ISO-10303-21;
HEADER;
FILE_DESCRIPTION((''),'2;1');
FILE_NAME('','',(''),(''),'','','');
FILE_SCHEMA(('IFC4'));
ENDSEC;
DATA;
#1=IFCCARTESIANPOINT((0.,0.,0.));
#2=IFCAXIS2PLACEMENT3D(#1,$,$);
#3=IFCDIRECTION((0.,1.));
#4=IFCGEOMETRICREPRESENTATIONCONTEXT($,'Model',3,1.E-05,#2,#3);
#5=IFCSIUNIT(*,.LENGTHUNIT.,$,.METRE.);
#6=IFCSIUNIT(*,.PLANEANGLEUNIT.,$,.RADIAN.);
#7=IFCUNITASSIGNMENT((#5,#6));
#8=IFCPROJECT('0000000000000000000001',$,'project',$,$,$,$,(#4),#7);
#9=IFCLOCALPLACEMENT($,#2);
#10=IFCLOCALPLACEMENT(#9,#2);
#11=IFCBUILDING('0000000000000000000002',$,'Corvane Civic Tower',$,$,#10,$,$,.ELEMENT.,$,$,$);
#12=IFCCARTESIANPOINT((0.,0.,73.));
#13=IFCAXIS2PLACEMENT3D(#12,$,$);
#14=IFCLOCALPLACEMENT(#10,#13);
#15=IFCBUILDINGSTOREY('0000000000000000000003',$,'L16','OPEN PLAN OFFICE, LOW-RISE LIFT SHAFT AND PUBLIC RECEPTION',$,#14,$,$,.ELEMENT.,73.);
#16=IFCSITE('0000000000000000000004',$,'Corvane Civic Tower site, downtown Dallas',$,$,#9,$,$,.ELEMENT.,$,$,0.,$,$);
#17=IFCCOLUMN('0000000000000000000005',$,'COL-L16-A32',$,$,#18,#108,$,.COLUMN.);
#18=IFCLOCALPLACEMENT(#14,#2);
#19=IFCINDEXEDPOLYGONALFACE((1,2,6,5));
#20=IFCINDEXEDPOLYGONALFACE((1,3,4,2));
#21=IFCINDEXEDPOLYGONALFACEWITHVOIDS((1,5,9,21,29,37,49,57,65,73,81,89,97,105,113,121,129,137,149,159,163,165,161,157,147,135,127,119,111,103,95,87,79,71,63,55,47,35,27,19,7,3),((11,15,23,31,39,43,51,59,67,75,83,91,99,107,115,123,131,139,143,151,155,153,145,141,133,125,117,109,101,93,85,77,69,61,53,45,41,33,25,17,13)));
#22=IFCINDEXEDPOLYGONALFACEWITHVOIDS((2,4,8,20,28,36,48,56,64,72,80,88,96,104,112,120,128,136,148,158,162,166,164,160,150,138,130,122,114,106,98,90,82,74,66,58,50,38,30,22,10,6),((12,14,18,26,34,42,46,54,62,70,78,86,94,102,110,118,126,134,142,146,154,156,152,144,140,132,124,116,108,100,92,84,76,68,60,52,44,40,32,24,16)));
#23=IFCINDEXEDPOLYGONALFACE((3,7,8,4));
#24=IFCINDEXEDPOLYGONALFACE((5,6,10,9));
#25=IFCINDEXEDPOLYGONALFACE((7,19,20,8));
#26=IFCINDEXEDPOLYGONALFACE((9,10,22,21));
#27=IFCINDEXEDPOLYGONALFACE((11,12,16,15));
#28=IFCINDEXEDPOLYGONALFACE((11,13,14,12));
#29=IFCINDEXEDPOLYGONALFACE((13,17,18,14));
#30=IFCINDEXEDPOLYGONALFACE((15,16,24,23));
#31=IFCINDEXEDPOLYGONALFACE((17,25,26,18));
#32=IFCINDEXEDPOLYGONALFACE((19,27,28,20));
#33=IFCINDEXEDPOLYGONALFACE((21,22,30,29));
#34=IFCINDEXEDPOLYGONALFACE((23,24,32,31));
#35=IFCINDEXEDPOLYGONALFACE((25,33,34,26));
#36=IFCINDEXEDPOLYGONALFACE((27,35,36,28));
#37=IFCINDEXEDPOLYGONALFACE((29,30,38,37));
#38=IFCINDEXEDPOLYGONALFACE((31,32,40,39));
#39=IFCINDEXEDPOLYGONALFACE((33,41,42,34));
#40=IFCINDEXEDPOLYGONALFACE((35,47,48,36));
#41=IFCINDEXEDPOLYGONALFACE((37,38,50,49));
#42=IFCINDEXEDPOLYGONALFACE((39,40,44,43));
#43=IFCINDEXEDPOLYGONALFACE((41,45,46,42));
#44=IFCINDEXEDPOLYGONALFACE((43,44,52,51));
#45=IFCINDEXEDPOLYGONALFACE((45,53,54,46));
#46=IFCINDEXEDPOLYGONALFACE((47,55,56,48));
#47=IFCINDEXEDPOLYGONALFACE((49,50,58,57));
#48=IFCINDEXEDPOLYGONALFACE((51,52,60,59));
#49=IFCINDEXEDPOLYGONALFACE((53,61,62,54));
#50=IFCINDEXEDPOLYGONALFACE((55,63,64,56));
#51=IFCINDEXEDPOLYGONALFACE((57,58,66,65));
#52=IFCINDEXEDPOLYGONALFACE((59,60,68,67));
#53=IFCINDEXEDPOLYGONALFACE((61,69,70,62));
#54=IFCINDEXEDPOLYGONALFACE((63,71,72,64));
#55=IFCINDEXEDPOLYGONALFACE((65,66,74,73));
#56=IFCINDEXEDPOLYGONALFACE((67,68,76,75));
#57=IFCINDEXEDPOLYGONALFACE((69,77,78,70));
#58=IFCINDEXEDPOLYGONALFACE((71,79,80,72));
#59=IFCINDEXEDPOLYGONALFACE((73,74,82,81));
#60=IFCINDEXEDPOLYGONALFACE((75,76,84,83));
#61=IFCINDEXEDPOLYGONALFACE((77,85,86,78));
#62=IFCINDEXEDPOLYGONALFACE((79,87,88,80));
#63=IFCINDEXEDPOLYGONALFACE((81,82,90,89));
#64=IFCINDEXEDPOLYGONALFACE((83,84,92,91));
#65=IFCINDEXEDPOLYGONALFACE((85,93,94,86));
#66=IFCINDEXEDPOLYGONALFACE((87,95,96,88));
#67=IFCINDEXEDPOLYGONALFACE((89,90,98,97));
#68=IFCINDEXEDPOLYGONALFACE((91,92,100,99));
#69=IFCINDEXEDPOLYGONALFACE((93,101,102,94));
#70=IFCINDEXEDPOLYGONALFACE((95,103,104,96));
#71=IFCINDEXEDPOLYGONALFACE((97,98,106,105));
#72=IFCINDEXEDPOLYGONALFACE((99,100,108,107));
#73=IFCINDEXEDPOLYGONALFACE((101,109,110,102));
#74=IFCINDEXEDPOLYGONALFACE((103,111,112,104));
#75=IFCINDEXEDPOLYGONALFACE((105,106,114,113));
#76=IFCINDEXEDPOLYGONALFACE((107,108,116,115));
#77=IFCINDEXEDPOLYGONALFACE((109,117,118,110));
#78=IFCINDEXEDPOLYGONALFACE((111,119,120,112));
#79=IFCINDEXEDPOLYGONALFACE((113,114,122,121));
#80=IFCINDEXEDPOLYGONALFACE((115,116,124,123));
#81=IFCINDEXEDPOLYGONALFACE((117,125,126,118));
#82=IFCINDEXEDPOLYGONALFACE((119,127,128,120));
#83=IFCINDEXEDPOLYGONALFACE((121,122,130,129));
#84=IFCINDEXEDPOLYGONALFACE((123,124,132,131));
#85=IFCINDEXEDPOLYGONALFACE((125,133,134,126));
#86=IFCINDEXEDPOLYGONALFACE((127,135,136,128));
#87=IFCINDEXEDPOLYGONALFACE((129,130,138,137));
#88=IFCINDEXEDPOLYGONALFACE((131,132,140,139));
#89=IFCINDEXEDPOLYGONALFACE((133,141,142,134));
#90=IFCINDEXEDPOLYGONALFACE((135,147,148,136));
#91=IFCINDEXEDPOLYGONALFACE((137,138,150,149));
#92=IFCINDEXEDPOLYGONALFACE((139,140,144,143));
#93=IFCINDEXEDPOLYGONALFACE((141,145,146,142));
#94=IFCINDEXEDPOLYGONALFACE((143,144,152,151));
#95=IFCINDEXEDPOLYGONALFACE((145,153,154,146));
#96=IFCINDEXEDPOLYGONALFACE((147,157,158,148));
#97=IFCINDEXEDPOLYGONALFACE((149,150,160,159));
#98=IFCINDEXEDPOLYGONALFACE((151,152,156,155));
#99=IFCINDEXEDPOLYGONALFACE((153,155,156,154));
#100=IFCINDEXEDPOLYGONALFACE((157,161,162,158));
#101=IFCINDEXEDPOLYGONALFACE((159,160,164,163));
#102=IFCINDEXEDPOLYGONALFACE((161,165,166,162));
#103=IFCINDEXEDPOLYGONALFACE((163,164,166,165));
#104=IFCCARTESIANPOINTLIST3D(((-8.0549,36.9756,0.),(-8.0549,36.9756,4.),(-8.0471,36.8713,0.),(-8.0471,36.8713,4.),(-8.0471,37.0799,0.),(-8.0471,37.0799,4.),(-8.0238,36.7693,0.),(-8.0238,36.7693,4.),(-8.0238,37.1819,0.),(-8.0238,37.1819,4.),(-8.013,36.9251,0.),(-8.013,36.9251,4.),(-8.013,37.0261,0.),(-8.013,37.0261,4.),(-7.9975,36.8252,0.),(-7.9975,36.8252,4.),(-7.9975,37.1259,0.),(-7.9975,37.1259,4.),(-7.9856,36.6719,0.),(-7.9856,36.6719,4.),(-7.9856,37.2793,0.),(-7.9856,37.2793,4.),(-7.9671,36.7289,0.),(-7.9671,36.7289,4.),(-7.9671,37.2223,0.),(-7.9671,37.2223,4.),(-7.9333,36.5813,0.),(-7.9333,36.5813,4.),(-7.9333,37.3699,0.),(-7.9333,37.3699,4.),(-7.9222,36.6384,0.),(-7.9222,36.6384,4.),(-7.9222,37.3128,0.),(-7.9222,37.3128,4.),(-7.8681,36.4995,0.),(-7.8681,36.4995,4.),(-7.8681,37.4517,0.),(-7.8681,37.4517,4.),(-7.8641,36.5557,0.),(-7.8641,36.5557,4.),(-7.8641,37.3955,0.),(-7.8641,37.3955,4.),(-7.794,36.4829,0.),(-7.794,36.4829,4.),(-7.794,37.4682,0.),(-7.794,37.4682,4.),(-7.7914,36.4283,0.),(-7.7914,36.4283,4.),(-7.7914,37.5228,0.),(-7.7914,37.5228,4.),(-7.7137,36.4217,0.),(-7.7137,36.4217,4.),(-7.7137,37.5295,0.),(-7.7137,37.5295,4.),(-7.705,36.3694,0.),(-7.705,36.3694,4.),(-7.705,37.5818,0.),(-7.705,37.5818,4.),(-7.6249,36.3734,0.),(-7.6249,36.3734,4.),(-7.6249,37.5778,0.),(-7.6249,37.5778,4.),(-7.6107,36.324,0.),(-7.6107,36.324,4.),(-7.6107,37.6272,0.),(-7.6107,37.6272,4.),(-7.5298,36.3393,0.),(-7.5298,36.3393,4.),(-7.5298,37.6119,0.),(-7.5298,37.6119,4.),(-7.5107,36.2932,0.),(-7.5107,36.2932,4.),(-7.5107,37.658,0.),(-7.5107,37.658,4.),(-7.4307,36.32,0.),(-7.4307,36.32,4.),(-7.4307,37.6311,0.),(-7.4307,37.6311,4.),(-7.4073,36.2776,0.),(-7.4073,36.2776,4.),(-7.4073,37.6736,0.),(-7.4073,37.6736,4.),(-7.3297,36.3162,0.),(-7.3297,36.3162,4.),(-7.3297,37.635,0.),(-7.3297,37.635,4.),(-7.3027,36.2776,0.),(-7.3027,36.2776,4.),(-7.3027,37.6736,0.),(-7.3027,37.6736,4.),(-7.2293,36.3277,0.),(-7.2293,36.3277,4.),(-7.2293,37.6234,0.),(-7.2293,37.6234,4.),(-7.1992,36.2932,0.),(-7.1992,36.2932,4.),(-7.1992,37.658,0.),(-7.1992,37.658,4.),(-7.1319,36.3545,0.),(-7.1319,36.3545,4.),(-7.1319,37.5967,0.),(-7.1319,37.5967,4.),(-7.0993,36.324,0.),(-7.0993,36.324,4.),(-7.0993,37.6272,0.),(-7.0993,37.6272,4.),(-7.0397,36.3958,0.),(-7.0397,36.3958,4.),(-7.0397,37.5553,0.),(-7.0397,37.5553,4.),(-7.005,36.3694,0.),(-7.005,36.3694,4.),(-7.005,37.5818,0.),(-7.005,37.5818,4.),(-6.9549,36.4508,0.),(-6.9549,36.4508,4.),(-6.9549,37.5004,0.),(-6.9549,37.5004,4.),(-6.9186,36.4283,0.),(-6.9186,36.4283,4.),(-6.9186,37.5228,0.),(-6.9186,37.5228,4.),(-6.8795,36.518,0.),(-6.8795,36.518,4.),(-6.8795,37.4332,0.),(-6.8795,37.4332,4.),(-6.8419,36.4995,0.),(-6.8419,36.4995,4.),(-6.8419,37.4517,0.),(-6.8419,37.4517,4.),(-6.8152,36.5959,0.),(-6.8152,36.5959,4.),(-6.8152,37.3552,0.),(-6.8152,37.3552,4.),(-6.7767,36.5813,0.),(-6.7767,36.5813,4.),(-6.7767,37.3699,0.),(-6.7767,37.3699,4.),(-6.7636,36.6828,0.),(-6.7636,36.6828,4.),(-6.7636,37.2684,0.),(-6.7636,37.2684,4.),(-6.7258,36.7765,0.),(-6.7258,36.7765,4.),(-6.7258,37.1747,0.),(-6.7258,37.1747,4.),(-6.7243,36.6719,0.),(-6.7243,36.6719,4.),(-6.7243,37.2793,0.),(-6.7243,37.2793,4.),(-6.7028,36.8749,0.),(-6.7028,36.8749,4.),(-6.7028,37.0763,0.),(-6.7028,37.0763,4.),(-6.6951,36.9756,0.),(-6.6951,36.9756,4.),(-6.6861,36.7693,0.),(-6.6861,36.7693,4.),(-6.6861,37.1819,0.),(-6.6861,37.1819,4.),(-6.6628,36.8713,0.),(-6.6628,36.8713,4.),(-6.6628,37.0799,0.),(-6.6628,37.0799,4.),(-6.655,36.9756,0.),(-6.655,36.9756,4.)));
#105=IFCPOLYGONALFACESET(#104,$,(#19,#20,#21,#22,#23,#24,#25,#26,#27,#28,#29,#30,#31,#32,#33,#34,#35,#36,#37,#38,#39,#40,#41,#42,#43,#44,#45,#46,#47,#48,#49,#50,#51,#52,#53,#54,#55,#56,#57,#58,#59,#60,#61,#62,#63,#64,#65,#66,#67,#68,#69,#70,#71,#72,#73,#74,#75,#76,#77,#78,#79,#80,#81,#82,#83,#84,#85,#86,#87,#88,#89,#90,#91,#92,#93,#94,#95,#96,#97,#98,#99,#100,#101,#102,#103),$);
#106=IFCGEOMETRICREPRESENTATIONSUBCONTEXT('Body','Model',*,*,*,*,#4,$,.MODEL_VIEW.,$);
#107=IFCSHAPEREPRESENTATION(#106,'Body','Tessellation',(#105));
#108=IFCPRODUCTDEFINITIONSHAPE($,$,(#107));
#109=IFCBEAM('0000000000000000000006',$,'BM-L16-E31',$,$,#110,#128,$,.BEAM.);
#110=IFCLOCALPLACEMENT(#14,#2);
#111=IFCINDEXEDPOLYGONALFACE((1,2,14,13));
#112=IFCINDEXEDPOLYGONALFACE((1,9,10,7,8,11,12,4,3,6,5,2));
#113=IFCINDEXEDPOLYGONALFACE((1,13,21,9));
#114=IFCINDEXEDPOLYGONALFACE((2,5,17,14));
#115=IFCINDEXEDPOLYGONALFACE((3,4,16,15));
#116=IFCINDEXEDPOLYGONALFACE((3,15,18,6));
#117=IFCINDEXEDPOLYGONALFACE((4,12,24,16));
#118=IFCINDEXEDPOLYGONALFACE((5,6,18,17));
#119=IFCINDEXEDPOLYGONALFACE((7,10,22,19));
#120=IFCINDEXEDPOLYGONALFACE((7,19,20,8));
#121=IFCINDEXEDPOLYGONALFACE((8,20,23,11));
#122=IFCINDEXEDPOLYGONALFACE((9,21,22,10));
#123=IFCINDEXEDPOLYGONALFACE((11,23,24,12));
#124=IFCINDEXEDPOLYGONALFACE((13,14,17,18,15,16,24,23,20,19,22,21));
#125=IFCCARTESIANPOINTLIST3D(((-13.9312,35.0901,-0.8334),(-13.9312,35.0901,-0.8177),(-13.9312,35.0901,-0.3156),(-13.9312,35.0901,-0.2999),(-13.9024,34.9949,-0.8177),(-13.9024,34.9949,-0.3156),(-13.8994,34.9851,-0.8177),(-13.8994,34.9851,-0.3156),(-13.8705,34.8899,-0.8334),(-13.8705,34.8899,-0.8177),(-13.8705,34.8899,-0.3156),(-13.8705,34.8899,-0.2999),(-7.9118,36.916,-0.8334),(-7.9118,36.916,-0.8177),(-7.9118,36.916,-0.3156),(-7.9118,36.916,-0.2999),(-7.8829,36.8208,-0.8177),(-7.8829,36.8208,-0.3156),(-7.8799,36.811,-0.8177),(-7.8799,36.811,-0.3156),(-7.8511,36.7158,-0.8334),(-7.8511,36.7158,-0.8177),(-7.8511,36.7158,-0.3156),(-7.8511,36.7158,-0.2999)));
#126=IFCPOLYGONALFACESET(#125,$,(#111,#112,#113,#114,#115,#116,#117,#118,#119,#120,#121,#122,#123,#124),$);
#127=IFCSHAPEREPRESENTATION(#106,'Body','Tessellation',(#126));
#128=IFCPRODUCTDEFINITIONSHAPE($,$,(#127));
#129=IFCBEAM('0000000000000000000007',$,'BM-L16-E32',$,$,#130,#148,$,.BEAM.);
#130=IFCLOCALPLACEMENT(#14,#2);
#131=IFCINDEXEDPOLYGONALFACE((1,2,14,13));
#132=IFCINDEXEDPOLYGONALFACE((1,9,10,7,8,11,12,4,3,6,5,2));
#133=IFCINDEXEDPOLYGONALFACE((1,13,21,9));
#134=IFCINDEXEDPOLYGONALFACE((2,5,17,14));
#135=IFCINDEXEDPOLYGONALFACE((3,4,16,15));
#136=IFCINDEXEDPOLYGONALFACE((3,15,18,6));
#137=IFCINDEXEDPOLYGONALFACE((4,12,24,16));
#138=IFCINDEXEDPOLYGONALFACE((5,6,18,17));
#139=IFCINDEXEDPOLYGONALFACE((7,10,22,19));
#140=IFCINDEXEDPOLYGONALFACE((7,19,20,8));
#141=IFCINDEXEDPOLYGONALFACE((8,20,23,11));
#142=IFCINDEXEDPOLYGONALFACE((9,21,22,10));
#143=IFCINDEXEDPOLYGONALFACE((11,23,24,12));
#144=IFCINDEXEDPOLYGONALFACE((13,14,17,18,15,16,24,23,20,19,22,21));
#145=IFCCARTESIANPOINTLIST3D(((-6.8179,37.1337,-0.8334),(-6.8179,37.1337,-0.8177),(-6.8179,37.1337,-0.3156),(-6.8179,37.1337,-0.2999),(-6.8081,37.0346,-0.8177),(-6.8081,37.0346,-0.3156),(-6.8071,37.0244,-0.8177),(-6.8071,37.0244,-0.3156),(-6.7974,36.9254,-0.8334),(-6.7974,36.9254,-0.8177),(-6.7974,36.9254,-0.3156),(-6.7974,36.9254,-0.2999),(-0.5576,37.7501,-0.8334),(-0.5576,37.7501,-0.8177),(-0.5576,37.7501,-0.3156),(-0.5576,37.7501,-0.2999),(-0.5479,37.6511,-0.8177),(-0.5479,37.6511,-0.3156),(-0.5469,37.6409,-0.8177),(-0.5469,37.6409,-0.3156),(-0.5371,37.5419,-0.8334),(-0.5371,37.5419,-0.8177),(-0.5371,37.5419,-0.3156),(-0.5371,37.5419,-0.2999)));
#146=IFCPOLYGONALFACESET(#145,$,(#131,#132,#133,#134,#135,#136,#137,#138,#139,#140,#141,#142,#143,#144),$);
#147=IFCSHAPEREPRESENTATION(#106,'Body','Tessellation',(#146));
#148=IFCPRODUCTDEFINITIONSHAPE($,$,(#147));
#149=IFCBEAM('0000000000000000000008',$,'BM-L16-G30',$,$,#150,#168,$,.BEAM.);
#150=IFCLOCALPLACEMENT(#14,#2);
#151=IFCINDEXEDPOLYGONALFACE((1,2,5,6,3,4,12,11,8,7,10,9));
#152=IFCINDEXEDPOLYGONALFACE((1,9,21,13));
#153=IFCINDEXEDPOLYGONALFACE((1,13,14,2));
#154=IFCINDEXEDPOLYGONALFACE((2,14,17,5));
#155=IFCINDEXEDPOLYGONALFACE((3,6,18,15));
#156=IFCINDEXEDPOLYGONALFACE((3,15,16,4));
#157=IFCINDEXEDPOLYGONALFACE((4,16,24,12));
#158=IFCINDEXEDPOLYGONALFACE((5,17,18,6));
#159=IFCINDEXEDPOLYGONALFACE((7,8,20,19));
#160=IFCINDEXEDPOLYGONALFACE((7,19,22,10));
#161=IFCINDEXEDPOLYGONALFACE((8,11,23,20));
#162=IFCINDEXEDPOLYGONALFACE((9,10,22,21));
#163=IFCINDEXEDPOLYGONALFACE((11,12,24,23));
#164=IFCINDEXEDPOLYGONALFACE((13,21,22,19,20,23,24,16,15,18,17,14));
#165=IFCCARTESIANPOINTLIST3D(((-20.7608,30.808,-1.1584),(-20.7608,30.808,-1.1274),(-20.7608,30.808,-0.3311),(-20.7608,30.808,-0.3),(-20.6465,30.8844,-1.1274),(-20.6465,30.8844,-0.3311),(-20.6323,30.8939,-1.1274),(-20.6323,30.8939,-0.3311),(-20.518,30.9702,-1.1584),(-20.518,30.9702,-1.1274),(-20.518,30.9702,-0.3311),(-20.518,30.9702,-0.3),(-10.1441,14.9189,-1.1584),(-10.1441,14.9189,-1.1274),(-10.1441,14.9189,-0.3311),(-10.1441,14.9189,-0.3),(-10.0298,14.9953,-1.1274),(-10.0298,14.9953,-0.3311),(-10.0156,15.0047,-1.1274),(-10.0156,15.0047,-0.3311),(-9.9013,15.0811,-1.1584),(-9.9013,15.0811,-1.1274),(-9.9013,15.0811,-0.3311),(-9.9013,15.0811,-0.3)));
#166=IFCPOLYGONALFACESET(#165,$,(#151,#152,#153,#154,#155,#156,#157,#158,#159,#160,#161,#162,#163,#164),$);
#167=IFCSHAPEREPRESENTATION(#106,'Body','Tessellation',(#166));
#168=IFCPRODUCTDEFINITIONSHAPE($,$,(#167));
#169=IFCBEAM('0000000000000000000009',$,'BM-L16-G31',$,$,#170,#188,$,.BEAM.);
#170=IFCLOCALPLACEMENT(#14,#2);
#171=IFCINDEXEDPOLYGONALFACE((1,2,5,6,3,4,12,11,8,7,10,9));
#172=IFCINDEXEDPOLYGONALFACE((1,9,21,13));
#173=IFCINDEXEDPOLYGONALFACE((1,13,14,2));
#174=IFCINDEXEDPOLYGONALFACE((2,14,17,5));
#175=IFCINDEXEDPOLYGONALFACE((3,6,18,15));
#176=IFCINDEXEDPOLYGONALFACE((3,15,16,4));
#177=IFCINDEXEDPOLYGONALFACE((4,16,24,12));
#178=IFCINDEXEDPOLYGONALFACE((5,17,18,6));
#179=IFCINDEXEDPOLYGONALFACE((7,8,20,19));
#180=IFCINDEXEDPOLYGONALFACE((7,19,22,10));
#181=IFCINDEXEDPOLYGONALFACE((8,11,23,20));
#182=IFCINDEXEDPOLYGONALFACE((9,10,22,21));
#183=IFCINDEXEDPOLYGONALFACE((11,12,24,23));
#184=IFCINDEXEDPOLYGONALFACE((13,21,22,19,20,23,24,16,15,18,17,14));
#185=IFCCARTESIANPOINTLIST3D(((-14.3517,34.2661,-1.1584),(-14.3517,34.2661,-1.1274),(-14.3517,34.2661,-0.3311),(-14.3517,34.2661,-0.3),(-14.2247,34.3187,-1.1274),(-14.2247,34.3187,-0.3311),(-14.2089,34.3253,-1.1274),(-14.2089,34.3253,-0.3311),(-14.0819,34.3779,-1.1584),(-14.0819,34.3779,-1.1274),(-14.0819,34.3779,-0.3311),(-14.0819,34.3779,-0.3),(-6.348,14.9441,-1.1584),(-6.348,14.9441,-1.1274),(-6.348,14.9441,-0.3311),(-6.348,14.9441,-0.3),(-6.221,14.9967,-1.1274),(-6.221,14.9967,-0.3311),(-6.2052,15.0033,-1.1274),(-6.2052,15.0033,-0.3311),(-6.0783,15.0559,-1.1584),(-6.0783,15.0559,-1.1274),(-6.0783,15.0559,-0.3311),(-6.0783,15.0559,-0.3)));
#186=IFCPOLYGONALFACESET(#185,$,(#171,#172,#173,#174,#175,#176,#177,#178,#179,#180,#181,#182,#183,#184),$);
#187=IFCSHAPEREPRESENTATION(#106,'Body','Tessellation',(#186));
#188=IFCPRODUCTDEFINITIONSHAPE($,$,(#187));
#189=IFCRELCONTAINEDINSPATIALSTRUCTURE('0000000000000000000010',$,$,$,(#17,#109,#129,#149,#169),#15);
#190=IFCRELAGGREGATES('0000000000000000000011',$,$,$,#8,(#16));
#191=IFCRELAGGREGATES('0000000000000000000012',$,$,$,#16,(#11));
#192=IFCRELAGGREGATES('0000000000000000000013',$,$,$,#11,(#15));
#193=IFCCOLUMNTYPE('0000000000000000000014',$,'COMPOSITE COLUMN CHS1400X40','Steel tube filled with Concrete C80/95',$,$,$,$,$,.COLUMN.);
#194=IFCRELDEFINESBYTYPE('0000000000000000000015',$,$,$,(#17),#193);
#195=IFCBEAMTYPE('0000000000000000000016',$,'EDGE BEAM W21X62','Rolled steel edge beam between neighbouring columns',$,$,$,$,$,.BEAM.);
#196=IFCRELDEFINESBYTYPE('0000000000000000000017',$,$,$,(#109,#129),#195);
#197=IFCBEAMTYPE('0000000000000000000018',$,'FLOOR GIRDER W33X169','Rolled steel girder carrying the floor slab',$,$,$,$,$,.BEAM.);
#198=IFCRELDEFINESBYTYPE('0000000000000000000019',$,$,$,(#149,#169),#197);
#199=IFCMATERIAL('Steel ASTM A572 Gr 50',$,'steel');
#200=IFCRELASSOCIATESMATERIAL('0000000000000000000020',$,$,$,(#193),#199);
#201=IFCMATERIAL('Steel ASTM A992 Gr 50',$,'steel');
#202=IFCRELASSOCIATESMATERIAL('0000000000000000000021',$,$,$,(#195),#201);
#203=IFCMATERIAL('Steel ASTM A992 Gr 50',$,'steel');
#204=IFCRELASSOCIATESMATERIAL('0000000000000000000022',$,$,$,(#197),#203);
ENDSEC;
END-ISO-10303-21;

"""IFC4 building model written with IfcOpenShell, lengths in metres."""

from ifc_helpers import new_model, si_unit, direction, frame, origin, origin_2d, place, context, subcontext, project, spatial, hollow_circle, i_section, extrude, material, material_profile, profile_set, type_object, element, save


model = new_model("IFC4")

# Units and contexts
model_context = context("Model", 3, precision=1e-05, world=origin(), true_north=direction((0.0, 1.0)))
body_context = subcontext(model_context, "Body", "Model", "MODEL_VIEW")
ifc_project = project(units=[si_unit("LENGTHUNIT", "METRE"), si_unit("PLANEANGLEUNIT", "RADIAN")], contexts=[model_context])

# Site, building, storey
site_placement = place(None, origin())
site = spatial("IfcSite", under=ifc_project, at=site_placement, Name="Corvane Civic Tower site, downtown Dallas", CompositionType="ELEMENT", RefElevation=0.0)
building_placement = place(site_placement, origin())
building = spatial("IfcBuilding", under=site, at=building_placement, Name="Corvane Civic Tower", CompositionType="ELEMENT")
storey_placement = place(building_placement, frame((0.0, 0.0, 73.0)))
storey = spatial("IfcBuildingStorey", under=building, at=storey_placement, Name="L16", Description="OPEN PLAN OFFICE, LOW-RISE LIFT SHAFT AND PUBLIC RECEPTION", CompositionType="ELEMENT", Elevation=73.0)

# Column
ifc_material_1 = material(Name="Steel ASTM A572 Gr 50", Category="steel")
ifc_material_profile_1 = material_profile(ifc_material_1, hollow_circle(Radius=0.7, WallThickness=0.04, at=origin_2d()), Name="CHS1400X40")
ifc_profile_set_1 = profile_set([ifc_material_profile_1], Name="Steel ASTM A572 Gr 50")
column_type = type_object("IfcColumnType", Name="COMPOSITE COLUMN CHS1400X40", Description="Steel tube filled with Concrete C80/95", PredefinedType="COLUMN", material=ifc_profile_set_1)
for number, where, z_axis, x_axis, name in (
    (1, (-7.355, 36.9756, 0.0), (0.0, 0.0, 1.0), (1.0, 0.0, 0.0), "COL-L16-A32"),
):
    element("IfcColumn", number, at=place(storey_placement, frame(where, z_axis=z_axis, x_axis=x_axis)), inside=storey, type_object=column_type, Name=name, PredefinedType="COLUMN", context=body_context, shape_type="SweptSolid", body=[
        extrude(hollow_circle(Radius=0.7, WallThickness=0.04, at=origin_2d()), origin(), (0.0, 0.0, 1.0), 4.0),
    ])

# Beams
ifc_material_2 = material(Name="Steel ASTM A992 Gr 50", Category="steel")
ifc_material_profile_2 = material_profile(ifc_material_2, i_section(OverallWidth=0.2092, OverallDepth=0.5334, WebThickness=0.0103, FlangeThickness=0.0156, at=origin_2d()), Name="W21X62")
ifc_profile_set_2 = profile_set([ifc_material_profile_2], Name="Steel ASTM A992 Gr 50")
beam_type_1 = type_object("IfcBeamType", Name="EDGE BEAM W21X62", Description="Rolled steel edge beam between neighbouring columns", PredefinedType="BEAM", material=ifc_profile_set_2)
beam_1_placement = place(storey_placement, frame((-13.9009, 34.99, -0.5667), z_axis=(0.956944, 0.290273, 0.0), x_axis=(-0.290273, 0.956944, 0.0)))
element("IfcBeam", 2, at=beam_1_placement, inside=storey, type_object=beam_type_1, Name="BM-L16-E31", PredefinedType="BEAM", context=body_context, shape_type="SweptSolid", body=[
    extrude(i_section(OverallWidth=0.2092, OverallDepth=0.5334, WebThickness=0.0103, FlangeThickness=0.0156, at=origin_2d()), origin(), (0.0, 0.0, 1.0), 6.2903),
])
beam_2_placement = place(storey_placement, frame((-6.8076, 37.0295, -0.5667), z_axis=(0.995187, 0.097997, 0.0), x_axis=(-0.097997, 0.995187, 0.0)))
element("IfcBeam", 3, at=beam_2_placement, inside=storey, type_object=beam_type_1, Name="BM-L16-E32", PredefinedType="BEAM", context=body_context, shape_type="SweptSolid", body=[
    extrude(i_section(OverallWidth=0.2092, OverallDepth=0.5334, WebThickness=0.0103, FlangeThickness=0.0156, at=origin_2d()), origin(), (0.0, 0.0, 1.0), 6.2905),
])
ifc_material_3 = material(Name="Steel ASTM A992 Gr 50", Category="steel")
ifc_material_profile_3 = material_profile(ifc_material_3, i_section(OverallWidth=0.292, OverallDepth=0.8584, WebThickness=0.0171, FlangeThickness=0.031, at=origin_2d()), Name="W33X169")
ifc_profile_set_3 = profile_set([ifc_material_profile_3], Name="Steel ASTM A992 Gr 50")
beam_type_2 = type_object("IfcBeamType", Name="FLOOR GIRDER W33X169", Description="Rolled steel girder carrying the floor slab", PredefinedType="BEAM", material=ifc_profile_set_3)
beam_3_placement = place(storey_placement, frame((-10.0227, 15.0, -0.7292), z_axis=(-0.555567, 0.831472, 0.0), x_axis=(-0.831472, -0.555567, 0.0)))
element("IfcBeam", 4, at=beam_3_placement, inside=storey, type_object=beam_type_2, Name="BM-L16-G30", PredefinedType="BEAM", context=body_context, shape_type="SweptSolid", body=[
    extrude(i_section(OverallWidth=0.292, OverallDepth=0.8584, WebThickness=0.0171, FlangeThickness=0.031, at=origin_2d()), origin(), (0.0, 0.0, 1.0), 19.1096),
])
beam_4_placement = place(storey_placement, frame((-6.2131, 15.0, -0.7292), z_axis=(-0.382692, 0.923876, 0.0), x_axis=(-0.923876, -0.382692, 0.0)))
element("IfcBeam", 5, at=beam_4_placement, inside=storey, type_object=beam_type_2, Name="BM-L16-G31", PredefinedType="BEAM", context=body_context, shape_type="SweptSolid", body=[
    extrude(i_section(OverallWidth=0.292, OverallDepth=0.8584, WebThickness=0.0171, FlangeThickness=0.031, at=origin_2d()), origin(), (0.0, 0.0, 1.0), 20.9141),
])

save(model, "model.ifc")
